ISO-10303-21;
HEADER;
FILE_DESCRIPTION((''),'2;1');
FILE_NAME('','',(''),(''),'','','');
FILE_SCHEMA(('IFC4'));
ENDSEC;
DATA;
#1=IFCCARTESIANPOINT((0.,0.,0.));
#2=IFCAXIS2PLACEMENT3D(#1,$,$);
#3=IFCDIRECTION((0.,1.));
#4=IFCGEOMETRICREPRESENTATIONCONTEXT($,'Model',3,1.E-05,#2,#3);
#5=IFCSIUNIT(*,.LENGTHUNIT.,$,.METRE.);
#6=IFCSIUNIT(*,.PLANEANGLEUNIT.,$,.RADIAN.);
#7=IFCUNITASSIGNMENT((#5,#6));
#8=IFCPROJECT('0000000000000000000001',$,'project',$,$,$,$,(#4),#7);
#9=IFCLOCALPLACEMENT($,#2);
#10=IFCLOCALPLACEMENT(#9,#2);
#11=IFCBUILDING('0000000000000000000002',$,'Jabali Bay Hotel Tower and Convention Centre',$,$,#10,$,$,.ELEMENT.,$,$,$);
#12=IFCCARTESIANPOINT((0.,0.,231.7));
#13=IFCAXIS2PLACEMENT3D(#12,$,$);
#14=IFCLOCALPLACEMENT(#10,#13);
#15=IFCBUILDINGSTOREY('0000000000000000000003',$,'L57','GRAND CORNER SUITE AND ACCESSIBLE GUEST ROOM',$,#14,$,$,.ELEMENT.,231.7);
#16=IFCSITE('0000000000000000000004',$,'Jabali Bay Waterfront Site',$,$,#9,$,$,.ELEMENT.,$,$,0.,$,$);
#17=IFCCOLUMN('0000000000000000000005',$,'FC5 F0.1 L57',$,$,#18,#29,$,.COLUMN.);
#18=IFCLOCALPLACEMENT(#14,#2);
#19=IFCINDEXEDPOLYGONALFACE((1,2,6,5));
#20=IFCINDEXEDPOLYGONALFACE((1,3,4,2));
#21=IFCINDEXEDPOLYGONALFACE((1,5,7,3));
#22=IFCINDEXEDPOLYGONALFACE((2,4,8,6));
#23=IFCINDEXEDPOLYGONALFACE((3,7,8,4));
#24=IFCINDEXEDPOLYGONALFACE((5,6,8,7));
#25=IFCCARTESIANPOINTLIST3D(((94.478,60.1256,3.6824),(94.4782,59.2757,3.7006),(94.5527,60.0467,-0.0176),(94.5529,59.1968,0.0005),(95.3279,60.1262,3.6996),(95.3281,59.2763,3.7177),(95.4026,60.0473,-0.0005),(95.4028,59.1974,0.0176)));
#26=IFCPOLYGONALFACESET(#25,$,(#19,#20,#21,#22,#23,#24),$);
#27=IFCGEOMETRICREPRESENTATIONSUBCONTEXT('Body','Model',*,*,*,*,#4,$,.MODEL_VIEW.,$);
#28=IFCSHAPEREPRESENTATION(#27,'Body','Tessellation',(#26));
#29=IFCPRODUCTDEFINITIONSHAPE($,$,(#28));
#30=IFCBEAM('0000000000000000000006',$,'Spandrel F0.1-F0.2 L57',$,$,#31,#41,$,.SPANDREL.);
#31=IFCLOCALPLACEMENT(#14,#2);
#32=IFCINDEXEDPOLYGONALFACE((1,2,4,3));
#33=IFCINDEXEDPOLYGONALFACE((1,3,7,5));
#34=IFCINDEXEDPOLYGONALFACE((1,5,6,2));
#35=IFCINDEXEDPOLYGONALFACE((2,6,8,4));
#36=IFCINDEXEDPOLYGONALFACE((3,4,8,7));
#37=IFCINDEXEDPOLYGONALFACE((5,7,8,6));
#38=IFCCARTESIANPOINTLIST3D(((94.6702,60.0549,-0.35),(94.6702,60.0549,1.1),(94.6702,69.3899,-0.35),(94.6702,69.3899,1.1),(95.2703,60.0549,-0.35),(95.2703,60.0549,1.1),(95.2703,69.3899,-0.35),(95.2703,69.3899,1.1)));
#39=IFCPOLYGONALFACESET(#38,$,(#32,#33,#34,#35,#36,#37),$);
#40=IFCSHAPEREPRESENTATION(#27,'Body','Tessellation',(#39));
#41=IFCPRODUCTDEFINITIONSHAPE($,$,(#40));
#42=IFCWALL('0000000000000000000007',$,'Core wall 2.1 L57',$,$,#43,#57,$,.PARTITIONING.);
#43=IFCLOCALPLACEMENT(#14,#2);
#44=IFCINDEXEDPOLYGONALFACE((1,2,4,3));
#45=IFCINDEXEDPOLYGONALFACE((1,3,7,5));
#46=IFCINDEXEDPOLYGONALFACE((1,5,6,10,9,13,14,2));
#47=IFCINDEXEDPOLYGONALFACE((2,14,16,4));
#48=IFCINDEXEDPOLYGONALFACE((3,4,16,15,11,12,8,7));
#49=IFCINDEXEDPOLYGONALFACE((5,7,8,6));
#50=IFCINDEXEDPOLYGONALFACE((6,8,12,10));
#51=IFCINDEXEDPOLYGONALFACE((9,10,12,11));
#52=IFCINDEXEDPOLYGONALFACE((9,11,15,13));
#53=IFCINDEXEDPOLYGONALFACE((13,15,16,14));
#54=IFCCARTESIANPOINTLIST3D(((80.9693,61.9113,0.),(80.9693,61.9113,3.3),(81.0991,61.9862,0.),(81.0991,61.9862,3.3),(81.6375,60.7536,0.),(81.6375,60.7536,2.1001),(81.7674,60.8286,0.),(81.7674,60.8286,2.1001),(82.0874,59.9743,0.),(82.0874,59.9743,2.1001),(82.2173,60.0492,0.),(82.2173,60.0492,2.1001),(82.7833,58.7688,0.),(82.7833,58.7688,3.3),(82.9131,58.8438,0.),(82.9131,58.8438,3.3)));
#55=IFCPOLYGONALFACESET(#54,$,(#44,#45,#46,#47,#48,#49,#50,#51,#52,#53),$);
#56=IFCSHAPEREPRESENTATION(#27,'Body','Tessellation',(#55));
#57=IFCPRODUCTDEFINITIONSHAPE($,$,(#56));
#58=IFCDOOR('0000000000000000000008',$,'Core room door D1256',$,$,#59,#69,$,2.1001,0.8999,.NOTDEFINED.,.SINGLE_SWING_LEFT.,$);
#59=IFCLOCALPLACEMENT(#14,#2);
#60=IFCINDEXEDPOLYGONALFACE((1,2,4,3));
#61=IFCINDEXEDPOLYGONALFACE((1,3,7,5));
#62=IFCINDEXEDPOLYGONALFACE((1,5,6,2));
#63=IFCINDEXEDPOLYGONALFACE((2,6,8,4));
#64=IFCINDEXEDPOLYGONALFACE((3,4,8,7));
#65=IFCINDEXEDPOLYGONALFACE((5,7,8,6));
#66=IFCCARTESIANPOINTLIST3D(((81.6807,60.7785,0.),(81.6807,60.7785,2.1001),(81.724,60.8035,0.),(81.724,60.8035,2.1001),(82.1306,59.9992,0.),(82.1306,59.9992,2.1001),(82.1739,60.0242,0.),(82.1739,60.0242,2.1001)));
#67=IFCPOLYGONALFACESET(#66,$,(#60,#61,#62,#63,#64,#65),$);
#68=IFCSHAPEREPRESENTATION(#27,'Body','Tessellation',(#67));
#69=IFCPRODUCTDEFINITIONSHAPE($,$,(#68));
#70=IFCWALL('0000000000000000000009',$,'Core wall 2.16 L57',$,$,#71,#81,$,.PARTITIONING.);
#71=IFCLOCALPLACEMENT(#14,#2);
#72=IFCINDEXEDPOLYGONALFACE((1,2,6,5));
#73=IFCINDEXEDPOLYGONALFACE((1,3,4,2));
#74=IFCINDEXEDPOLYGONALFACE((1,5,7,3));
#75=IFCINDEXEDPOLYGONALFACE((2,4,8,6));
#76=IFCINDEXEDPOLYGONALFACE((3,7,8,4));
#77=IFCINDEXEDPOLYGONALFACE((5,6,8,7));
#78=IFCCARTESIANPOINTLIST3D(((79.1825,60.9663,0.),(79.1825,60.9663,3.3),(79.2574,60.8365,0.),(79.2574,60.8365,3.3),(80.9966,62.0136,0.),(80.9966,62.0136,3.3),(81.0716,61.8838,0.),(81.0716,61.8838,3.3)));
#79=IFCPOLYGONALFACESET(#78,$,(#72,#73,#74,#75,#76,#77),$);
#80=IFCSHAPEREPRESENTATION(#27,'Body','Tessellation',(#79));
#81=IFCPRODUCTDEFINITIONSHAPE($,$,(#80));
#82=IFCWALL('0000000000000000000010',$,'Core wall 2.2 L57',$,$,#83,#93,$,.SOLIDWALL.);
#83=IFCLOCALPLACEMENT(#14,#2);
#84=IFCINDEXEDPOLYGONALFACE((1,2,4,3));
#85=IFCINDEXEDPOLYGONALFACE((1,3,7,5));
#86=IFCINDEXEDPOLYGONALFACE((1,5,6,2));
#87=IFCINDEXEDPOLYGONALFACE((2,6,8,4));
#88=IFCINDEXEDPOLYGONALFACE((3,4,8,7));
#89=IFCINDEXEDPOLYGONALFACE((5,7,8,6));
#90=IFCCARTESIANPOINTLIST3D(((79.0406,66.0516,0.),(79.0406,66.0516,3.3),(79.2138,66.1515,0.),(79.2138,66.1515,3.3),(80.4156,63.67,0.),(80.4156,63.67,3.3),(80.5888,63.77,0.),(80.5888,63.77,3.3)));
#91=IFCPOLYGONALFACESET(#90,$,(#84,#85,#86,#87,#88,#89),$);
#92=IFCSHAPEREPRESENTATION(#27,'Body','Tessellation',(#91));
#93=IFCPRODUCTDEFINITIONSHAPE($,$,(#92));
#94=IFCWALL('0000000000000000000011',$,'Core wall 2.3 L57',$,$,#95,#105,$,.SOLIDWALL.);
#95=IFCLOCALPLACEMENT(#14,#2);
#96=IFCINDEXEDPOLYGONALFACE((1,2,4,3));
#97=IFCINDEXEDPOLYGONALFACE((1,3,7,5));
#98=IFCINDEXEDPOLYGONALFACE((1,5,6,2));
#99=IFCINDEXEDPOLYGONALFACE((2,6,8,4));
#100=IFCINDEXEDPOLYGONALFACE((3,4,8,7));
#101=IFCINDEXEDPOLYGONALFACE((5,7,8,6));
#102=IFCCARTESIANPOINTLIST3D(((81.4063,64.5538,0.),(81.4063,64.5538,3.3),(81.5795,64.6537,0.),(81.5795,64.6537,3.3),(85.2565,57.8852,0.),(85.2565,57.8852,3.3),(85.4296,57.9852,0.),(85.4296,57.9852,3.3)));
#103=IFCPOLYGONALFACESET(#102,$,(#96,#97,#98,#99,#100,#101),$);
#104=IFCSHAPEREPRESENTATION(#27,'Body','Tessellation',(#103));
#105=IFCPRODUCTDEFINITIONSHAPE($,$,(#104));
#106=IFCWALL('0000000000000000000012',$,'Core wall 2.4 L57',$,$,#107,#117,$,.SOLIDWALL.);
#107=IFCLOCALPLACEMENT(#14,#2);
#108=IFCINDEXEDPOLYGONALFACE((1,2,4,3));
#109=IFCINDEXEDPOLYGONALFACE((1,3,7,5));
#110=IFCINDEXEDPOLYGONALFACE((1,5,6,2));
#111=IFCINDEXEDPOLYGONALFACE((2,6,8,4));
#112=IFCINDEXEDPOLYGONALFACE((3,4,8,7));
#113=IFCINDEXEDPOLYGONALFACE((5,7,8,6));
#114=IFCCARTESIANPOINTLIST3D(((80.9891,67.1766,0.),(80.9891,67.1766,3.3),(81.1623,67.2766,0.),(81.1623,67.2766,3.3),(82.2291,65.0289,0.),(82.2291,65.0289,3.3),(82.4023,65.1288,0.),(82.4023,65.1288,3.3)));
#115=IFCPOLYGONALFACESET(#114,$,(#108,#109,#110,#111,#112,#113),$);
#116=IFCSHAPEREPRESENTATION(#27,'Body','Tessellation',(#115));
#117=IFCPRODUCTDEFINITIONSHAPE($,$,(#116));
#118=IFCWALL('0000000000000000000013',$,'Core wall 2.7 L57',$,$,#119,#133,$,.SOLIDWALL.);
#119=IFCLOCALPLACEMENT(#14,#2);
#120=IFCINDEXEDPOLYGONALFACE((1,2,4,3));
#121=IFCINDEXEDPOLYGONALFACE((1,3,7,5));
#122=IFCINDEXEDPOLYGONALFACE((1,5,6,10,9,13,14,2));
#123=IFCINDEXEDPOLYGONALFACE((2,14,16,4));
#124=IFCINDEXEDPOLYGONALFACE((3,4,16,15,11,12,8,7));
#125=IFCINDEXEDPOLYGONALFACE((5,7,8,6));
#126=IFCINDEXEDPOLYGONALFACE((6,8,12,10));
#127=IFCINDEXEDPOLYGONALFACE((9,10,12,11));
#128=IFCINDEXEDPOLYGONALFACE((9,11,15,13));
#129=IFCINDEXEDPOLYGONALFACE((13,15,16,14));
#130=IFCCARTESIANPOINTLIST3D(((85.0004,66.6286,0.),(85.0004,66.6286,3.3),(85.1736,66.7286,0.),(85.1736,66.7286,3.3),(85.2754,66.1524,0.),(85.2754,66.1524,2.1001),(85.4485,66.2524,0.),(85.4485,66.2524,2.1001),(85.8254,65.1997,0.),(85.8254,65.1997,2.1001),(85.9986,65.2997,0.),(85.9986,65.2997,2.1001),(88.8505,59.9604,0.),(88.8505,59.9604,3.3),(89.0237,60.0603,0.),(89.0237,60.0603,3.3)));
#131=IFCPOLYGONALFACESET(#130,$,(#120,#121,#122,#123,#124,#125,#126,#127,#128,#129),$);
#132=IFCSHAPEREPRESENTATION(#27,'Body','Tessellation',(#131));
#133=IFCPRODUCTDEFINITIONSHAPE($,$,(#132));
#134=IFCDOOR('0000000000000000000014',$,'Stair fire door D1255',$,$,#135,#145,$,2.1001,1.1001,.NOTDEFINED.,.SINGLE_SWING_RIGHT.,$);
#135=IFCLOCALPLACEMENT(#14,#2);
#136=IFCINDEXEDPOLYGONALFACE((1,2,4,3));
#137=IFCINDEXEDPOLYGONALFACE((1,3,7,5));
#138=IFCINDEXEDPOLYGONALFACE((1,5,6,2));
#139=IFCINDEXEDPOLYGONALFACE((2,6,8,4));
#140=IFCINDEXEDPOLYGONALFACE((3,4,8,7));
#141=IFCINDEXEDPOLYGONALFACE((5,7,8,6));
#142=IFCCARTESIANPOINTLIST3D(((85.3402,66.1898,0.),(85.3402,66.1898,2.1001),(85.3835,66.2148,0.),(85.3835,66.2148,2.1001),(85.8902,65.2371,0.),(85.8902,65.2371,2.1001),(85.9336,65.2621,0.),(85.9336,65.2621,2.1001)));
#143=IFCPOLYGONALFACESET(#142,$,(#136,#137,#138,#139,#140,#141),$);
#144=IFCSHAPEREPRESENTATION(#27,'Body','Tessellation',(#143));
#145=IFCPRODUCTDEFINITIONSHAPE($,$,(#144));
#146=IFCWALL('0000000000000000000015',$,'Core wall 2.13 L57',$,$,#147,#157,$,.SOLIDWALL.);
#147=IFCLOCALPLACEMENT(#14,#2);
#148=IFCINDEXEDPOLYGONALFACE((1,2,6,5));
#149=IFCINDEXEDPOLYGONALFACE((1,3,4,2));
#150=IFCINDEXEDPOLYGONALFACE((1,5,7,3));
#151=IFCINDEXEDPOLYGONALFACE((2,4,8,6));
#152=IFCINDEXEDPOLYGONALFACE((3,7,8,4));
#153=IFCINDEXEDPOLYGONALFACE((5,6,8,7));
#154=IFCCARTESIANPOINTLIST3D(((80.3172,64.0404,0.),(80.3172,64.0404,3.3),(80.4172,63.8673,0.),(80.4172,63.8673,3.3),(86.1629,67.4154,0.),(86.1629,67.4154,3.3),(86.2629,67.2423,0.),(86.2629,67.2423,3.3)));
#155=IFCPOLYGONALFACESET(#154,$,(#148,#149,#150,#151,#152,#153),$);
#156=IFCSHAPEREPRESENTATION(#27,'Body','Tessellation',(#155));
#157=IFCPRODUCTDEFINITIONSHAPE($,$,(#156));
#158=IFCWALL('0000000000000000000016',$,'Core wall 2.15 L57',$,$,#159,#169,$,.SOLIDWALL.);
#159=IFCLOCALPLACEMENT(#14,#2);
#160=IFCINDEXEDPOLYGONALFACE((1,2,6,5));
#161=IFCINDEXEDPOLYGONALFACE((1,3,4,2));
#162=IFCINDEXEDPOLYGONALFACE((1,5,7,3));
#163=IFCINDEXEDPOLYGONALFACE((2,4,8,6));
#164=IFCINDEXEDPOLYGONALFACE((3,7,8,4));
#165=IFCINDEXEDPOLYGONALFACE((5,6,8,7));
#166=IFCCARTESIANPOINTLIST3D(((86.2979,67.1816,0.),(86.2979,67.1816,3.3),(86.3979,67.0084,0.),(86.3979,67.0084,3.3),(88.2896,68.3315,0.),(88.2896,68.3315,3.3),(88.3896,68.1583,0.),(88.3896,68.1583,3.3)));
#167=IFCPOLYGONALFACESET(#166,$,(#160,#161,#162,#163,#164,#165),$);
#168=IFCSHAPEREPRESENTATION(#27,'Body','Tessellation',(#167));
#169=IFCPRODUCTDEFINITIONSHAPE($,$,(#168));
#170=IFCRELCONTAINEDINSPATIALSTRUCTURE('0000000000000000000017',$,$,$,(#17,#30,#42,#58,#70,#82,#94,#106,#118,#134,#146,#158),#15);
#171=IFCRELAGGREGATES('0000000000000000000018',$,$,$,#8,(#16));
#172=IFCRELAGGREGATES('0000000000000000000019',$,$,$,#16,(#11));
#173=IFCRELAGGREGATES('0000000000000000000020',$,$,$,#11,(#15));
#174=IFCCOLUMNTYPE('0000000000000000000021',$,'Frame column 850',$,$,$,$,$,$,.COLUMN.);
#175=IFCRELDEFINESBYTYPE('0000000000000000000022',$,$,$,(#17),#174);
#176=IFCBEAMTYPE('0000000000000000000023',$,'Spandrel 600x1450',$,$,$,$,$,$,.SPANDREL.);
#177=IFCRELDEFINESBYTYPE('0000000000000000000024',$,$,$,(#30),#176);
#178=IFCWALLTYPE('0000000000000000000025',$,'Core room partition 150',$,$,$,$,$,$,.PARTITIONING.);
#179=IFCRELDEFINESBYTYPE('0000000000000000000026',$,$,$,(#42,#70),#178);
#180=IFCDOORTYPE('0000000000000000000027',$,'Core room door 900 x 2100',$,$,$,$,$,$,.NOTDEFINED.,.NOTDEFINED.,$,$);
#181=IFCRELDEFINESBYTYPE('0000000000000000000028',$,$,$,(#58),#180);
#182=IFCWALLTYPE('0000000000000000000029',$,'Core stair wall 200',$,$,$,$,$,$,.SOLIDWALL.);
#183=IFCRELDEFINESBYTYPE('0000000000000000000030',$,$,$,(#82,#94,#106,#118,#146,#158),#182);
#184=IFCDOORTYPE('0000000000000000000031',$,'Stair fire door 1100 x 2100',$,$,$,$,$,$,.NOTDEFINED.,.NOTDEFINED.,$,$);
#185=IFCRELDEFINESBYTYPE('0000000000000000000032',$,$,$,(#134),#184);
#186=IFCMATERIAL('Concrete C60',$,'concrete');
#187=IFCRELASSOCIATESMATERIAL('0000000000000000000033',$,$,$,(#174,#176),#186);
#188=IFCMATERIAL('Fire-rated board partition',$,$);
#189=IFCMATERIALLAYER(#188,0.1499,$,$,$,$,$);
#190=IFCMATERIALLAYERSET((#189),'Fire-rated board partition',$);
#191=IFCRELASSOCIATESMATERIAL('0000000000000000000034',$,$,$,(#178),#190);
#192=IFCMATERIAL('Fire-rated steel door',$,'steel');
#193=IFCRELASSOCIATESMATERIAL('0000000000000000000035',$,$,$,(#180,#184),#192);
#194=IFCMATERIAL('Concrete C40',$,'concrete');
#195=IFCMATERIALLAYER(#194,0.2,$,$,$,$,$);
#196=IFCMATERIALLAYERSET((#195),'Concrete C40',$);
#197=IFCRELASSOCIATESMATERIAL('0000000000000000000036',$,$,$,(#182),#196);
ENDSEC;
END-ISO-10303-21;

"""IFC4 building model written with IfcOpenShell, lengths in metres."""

from ifc_helpers import new_model, si_unit, direction, frame, frame_2d, origin, origin_2d, place, context, subcontext, project, spatial, rectangle, extrude, material, layer, layer_set, material_profile, profile_set, type_object, element, fill, save


model = new_model("IFC4")

# Units and contexts
model_context = context("Model", 3, precision=1e-05, world=origin(), true_north=direction((0.0, 1.0)))
body_context = subcontext(model_context, "Body", "Model", "MODEL_VIEW")
ifc_project = project(units=[si_unit("LENGTHUNIT", "METRE"), si_unit("PLANEANGLEUNIT", "RADIAN")], contexts=[model_context])

# Site, building, storey
site_placement = place(None, origin())
site = spatial("IfcSite", under=ifc_project, at=site_placement, Name="Jabali Bay Waterfront Site", CompositionType="ELEMENT", RefElevation=0.0)
building_placement = place(site_placement, origin())
building = spatial("IfcBuilding", under=site, at=building_placement, Name="Jabali Bay Hotel Tower and Convention Centre", CompositionType="ELEMENT")
storey_placement = place(building_placement, frame((0.0, 0.0, 231.7)))
storey = spatial("IfcBuildingStorey", under=building, at=storey_placement, Name="L57", Description="GRAND CORNER SUITE AND ACCESSIBLE GUEST ROOM", CompositionType="ELEMENT", Elevation=231.7)

# Column
ifc_material_1 = material(Name="Concrete C60", Category="concrete")
ifc_material_profile_1 = material_profile(ifc_material_1, rectangle(XDim=0.8501, YDim=0.8501, at=origin_2d()), Name="Frame column 850")
ifc_profile_set_1 = profile_set([ifc_material_profile_1], Name="Concrete C60")
column_type = type_object("IfcColumnType", Name="Frame column 850", PredefinedType="COLUMN", material=ifc_profile_set_1)
column_placement = place(storey_placement, frame((94.9778, 59.6221, 0.0), z_axis=(-0.020183, 0.021304, 0.999569), x_axis=(0.000228, -0.999773, 0.021313)))
element("IfcColumn", 1, at=column_placement, inside=storey, type_object=column_type, Name="FC5 F0.1 L57", PredefinedType="COLUMN", context=body_context, shape_type="SweptSolid", body=[
    extrude(rectangle(XDim=0.8501, YDim=0.8501, at=origin_2d()), origin(), (0.0, 0.0, 1.0), 3.7017),
])

# Beam
ifc_material_profile_2 = material_profile(ifc_material_1, rectangle(XDim=0.6001, YDim=1.45, at=origin_2d()), Name="Spandrel 600x1450")
ifc_profile_set_2 = profile_set([ifc_material_profile_2], Name="Concrete C60")
beam_type = type_object("IfcBeamType", Name="Spandrel 600x1450", PredefinedType="SPANDREL", material=ifc_profile_set_2)
beam_placement = place(storey_placement, frame((94.9702, 60.0549, 0.375), z_axis=(0.0, 1.0, 0.0), x_axis=(-1.0, 0.0, 0.0)))
element("IfcBeam", 2, at=beam_placement, inside=storey, type_object=beam_type, Name="Spandrel F0.1-F0.2 L57", PredefinedType="SPANDREL", context=body_context, shape_type="SweptSolid", body=[
    extrude(rectangle(XDim=0.6001, YDim=1.45, at=origin_2d()), origin(), (0.0, 0.0, 1.0), 9.335),
])

# Wall, opening, door
ifc_material_2 = material(Name="Fire-rated board partition")
ifc_layer_1 = layer(ifc_material_2, 0.1499)
ifc_layer_set_1 = layer_set([ifc_layer_1], Name="Fire-rated board partition")
wall_type_1 = type_object("IfcWallType", Name="Core room partition 150", PredefinedType="PARTITIONING", material=ifc_layer_set_1)
wall_1_placement = place(storey_placement, frame((81.0342, 61.9487, 0.0), z_axis=(0.0, 0.0, 1.0), x_axis=(0.499946, -0.866057, 0.0)))
wall_1 = element("IfcWall", 3, at=wall_1_placement, inside=storey, type_object=wall_type_1, Name="Core wall 2.1 L57", PredefinedType="PARTITIONING", context=body_context, shape_type="SweptSolid", body=[
    extrude(rectangle(XDim=3.6284, YDim=0.1499, at=frame_2d((1.8142, 0.0))), origin(), (0.0, 0.0, 1.0), 3.3),
])
opening_1_placement = place(wall_1_placement, frame((1.3367, 0.0, 0.0)))
opening_1 = element("IfcOpeningElement", 4, at=opening_1_placement, cuts=wall_1, PredefinedType="OPENING", context=body_context, shape_type="SweptSolid", body=[
    extrude(rectangle(XDim=0.8999, YDim=2.1001, at=frame_2d((0.45, 1.05))), frame((0.0, 0.0854, 0.0), z_axis=(0.0, -1.0, 0.0), x_axis=(1.0, 0.0, 0.0)), (0.0, 0.0, 1.0), 0.1709),
])
ifc_material_3 = material(Name="Fire-rated steel door", Category="steel")
door_type_1 = type_object("IfcDoorType", Name="Core room door 900 x 2100", OperationType="NOTDEFINED", PredefinedType="NOTDEFINED", material=ifc_material_3)
door_1_placement = place(opening_1_placement, origin())
door_1 = element("IfcDoor", 5, at=door_1_placement, inside=storey, type_object=door_type_1, Name="Core room door D1256", OperationType="SINGLE_SWING_LEFT", OverallHeight=2.1001, OverallWidth=0.8999, PredefinedType="NOTDEFINED", context=body_context, shape_type="SweptSolid", body=[
    extrude(rectangle(XDim=0.8999, YDim=2.1001, at=frame_2d((0.45, 1.05))), frame((0.0, 0.0249, 0.0), z_axis=(0.0, -1.0, 0.0), x_axis=(1.0, 0.0, 0.0)), (0.0, 0.0, 1.0), 0.05),
])
fill(opening_1, door_1)

# Walls
wall_2_placement = place(storey_placement, frame((79.22, 60.9014, 0.0), z_axis=(0.0, 0.0, 1.0), x_axis=(0.86604, 0.499975, 0.0)))
element("IfcWall", 6, at=wall_2_placement, inside=storey, type_object=wall_type_1, Name="Core wall 2.16 L57", PredefinedType="PARTITIONING", context=body_context, shape_type="SweptSolid", body=[
    extrude(rectangle(XDim=2.0947, YDim=0.1499, at=frame_2d((1.0474, 0.0))), origin(), (0.0, 0.0, 1.0), 3.3),
])
ifc_material_4 = material(Name="Concrete C40", Category="concrete")
ifc_layer_2 = layer(ifc_material_4, 0.2)
ifc_layer_set_2 = layer_set([ifc_layer_2], Name="Concrete C40")
wall_type_2 = type_object("IfcWallType", Name="Core stair wall 200", PredefinedType="SOLIDWALL", material=ifc_layer_set_2)
wall_3_placement = place(storey_placement, frame((79.1272, 66.1016, 0.0), z_axis=(0.0, 0.0, 1.0), x_axis=(0.499997, -0.866027, 0.0)))
element("IfcWall", 7, at=wall_3_placement, inside=storey, type_object=wall_type_2, Name="Core wall 2.2 L57", PredefinedType="SOLIDWALL", context=body_context, shape_type="SweptSolid", body=[
    extrude(rectangle(XDim=2.75, YDim=0.2, at=frame_2d((1.375, 0.0))), origin(), (0.0, 0.0, 1.0), 3.3),
])
wall_4_placement = place(storey_placement, frame((81.4929, 64.6038, 0.0), z_axis=(0.0, 0.0, 1.0), x_axis=(0.500006, -0.866022, 0.0)))
element("IfcWall", 8, at=wall_4_placement, inside=storey, type_object=wall_type_2, Name="Core wall 2.3 L57", PredefinedType="SOLIDWALL", context=body_context, shape_type="SweptSolid", body=[
    extrude(rectangle(XDim=7.7002, YDim=0.2, at=frame_2d((3.8501, 0.0))), origin(), (0.0, 0.0, 1.0), 3.3),
])
wall_5_placement = place(storey_placement, frame((81.0757, 67.2266, 0.0), z_axis=(0.0, 0.0, 1.0), x_axis=(0.500004, -0.866023, 0.0)))
element("IfcWall", 9, at=wall_5_placement, inside=storey, type_object=wall_type_2, Name="Core wall 2.4 L57", PredefinedType="SOLIDWALL", context=body_context, shape_type="SweptSolid", body=[
    extrude(rectangle(XDim=2.48, YDim=0.2, at=frame_2d((1.24, 0.0))), origin(), (0.0, 0.0, 1.0), 3.3),
])

# Wall, opening, door
wall_6_placement = place(storey_placement, frame((85.0869, 66.6787, 0.0), z_axis=(0.0, 0.0, 1.0), x_axis=(0.50002, -0.866014, 0.0)))
wall_6 = element("IfcWall", 10, at=wall_6_placement, inside=storey, type_object=wall_type_2, Name="Core wall 2.7 L57", PredefinedType="SOLIDWALL", context=body_context, shape_type="SweptSolid", body=[
    extrude(rectangle(XDim=7.7, YDim=0.2, at=frame_2d((3.8501, 0.0))), origin(), (0.0, 0.0, 1.0), 3.3),
])
opening_2_placement = place(wall_6_placement, frame((0.55, 0.0, 0.0)))
opening_2 = element("IfcOpeningElement", 11, at=opening_2_placement, cuts=wall_6, PredefinedType="OPENING", context=body_context, shape_type="SweptSolid", body=[
    extrude(rectangle(XDim=1.1001, YDim=2.1001, at=frame_2d((0.55, 1.05))), frame((0.0, 0.1104, 0.0), z_axis=(0.0, -1.0, 0.0), x_axis=(1.0, 0.0, 0.0)), (0.0, 0.0, 1.0), 0.2209),
])
door_type_2 = type_object("IfcDoorType", Name="Stair fire door 1100 x 2100", OperationType="NOTDEFINED", PredefinedType="NOTDEFINED", material=ifc_material_3)
door_2_placement = place(opening_2_placement, origin())
door_2 = element("IfcDoor", 12, at=door_2_placement, inside=storey, type_object=door_type_2, Name="Stair fire door D1255", OperationType="SINGLE_SWING_RIGHT", OverallHeight=2.1001, OverallWidth=1.1001, PredefinedType="NOTDEFINED", context=body_context, shape_type="SweptSolid", body=[
    extrude(rectangle(XDim=1.1001, YDim=2.1001, at=frame_2d((0.55, 1.05))), frame((0.0, 0.0249, 0.0), z_axis=(0.0, -1.0, 0.0), x_axis=(1.0, 0.0, 0.0)), (0.0, 0.0, 1.0), 0.05),
])
fill(opening_2, door_2)

# Walls
wall_7_placement = place(storey_placement, frame((80.3672, 63.9539, 0.0), z_axis=(0.0, 0.0, 1.0), x_axis=(0.866027, 0.499998, 0.0)))
element("IfcWall", 13, at=wall_7_placement, inside=storey, type_object=wall_type_2, Name="Core wall 2.13 L57", PredefinedType="SOLIDWALL", context=body_context, shape_type="SweptSolid", body=[
    extrude(rectangle(XDim=6.75, YDim=0.2, at=frame_2d((3.375, 0.0))), origin(), (0.0, 0.0, 1.0), 3.3),
])
wall_8_placement = place(storey_placement, frame((86.3479, 67.095, 0.0), z_axis=(0.0, 0.0, 1.0), x_axis=(0.866026, 0.499998, 0.0)))
element("IfcWall", 14, at=wall_8_placement, inside=storey, type_object=wall_type_2, Name="Core wall 2.15 L57", PredefinedType="SOLIDWALL", context=body_context, shape_type="SweptSolid", body=[
    extrude(rectangle(XDim=2.2998, YDim=0.2, at=frame_2d((1.1499, 0.0))), origin(), (0.0, 0.0, 1.0), 3.3),
])

save(model, "model.ifc")
